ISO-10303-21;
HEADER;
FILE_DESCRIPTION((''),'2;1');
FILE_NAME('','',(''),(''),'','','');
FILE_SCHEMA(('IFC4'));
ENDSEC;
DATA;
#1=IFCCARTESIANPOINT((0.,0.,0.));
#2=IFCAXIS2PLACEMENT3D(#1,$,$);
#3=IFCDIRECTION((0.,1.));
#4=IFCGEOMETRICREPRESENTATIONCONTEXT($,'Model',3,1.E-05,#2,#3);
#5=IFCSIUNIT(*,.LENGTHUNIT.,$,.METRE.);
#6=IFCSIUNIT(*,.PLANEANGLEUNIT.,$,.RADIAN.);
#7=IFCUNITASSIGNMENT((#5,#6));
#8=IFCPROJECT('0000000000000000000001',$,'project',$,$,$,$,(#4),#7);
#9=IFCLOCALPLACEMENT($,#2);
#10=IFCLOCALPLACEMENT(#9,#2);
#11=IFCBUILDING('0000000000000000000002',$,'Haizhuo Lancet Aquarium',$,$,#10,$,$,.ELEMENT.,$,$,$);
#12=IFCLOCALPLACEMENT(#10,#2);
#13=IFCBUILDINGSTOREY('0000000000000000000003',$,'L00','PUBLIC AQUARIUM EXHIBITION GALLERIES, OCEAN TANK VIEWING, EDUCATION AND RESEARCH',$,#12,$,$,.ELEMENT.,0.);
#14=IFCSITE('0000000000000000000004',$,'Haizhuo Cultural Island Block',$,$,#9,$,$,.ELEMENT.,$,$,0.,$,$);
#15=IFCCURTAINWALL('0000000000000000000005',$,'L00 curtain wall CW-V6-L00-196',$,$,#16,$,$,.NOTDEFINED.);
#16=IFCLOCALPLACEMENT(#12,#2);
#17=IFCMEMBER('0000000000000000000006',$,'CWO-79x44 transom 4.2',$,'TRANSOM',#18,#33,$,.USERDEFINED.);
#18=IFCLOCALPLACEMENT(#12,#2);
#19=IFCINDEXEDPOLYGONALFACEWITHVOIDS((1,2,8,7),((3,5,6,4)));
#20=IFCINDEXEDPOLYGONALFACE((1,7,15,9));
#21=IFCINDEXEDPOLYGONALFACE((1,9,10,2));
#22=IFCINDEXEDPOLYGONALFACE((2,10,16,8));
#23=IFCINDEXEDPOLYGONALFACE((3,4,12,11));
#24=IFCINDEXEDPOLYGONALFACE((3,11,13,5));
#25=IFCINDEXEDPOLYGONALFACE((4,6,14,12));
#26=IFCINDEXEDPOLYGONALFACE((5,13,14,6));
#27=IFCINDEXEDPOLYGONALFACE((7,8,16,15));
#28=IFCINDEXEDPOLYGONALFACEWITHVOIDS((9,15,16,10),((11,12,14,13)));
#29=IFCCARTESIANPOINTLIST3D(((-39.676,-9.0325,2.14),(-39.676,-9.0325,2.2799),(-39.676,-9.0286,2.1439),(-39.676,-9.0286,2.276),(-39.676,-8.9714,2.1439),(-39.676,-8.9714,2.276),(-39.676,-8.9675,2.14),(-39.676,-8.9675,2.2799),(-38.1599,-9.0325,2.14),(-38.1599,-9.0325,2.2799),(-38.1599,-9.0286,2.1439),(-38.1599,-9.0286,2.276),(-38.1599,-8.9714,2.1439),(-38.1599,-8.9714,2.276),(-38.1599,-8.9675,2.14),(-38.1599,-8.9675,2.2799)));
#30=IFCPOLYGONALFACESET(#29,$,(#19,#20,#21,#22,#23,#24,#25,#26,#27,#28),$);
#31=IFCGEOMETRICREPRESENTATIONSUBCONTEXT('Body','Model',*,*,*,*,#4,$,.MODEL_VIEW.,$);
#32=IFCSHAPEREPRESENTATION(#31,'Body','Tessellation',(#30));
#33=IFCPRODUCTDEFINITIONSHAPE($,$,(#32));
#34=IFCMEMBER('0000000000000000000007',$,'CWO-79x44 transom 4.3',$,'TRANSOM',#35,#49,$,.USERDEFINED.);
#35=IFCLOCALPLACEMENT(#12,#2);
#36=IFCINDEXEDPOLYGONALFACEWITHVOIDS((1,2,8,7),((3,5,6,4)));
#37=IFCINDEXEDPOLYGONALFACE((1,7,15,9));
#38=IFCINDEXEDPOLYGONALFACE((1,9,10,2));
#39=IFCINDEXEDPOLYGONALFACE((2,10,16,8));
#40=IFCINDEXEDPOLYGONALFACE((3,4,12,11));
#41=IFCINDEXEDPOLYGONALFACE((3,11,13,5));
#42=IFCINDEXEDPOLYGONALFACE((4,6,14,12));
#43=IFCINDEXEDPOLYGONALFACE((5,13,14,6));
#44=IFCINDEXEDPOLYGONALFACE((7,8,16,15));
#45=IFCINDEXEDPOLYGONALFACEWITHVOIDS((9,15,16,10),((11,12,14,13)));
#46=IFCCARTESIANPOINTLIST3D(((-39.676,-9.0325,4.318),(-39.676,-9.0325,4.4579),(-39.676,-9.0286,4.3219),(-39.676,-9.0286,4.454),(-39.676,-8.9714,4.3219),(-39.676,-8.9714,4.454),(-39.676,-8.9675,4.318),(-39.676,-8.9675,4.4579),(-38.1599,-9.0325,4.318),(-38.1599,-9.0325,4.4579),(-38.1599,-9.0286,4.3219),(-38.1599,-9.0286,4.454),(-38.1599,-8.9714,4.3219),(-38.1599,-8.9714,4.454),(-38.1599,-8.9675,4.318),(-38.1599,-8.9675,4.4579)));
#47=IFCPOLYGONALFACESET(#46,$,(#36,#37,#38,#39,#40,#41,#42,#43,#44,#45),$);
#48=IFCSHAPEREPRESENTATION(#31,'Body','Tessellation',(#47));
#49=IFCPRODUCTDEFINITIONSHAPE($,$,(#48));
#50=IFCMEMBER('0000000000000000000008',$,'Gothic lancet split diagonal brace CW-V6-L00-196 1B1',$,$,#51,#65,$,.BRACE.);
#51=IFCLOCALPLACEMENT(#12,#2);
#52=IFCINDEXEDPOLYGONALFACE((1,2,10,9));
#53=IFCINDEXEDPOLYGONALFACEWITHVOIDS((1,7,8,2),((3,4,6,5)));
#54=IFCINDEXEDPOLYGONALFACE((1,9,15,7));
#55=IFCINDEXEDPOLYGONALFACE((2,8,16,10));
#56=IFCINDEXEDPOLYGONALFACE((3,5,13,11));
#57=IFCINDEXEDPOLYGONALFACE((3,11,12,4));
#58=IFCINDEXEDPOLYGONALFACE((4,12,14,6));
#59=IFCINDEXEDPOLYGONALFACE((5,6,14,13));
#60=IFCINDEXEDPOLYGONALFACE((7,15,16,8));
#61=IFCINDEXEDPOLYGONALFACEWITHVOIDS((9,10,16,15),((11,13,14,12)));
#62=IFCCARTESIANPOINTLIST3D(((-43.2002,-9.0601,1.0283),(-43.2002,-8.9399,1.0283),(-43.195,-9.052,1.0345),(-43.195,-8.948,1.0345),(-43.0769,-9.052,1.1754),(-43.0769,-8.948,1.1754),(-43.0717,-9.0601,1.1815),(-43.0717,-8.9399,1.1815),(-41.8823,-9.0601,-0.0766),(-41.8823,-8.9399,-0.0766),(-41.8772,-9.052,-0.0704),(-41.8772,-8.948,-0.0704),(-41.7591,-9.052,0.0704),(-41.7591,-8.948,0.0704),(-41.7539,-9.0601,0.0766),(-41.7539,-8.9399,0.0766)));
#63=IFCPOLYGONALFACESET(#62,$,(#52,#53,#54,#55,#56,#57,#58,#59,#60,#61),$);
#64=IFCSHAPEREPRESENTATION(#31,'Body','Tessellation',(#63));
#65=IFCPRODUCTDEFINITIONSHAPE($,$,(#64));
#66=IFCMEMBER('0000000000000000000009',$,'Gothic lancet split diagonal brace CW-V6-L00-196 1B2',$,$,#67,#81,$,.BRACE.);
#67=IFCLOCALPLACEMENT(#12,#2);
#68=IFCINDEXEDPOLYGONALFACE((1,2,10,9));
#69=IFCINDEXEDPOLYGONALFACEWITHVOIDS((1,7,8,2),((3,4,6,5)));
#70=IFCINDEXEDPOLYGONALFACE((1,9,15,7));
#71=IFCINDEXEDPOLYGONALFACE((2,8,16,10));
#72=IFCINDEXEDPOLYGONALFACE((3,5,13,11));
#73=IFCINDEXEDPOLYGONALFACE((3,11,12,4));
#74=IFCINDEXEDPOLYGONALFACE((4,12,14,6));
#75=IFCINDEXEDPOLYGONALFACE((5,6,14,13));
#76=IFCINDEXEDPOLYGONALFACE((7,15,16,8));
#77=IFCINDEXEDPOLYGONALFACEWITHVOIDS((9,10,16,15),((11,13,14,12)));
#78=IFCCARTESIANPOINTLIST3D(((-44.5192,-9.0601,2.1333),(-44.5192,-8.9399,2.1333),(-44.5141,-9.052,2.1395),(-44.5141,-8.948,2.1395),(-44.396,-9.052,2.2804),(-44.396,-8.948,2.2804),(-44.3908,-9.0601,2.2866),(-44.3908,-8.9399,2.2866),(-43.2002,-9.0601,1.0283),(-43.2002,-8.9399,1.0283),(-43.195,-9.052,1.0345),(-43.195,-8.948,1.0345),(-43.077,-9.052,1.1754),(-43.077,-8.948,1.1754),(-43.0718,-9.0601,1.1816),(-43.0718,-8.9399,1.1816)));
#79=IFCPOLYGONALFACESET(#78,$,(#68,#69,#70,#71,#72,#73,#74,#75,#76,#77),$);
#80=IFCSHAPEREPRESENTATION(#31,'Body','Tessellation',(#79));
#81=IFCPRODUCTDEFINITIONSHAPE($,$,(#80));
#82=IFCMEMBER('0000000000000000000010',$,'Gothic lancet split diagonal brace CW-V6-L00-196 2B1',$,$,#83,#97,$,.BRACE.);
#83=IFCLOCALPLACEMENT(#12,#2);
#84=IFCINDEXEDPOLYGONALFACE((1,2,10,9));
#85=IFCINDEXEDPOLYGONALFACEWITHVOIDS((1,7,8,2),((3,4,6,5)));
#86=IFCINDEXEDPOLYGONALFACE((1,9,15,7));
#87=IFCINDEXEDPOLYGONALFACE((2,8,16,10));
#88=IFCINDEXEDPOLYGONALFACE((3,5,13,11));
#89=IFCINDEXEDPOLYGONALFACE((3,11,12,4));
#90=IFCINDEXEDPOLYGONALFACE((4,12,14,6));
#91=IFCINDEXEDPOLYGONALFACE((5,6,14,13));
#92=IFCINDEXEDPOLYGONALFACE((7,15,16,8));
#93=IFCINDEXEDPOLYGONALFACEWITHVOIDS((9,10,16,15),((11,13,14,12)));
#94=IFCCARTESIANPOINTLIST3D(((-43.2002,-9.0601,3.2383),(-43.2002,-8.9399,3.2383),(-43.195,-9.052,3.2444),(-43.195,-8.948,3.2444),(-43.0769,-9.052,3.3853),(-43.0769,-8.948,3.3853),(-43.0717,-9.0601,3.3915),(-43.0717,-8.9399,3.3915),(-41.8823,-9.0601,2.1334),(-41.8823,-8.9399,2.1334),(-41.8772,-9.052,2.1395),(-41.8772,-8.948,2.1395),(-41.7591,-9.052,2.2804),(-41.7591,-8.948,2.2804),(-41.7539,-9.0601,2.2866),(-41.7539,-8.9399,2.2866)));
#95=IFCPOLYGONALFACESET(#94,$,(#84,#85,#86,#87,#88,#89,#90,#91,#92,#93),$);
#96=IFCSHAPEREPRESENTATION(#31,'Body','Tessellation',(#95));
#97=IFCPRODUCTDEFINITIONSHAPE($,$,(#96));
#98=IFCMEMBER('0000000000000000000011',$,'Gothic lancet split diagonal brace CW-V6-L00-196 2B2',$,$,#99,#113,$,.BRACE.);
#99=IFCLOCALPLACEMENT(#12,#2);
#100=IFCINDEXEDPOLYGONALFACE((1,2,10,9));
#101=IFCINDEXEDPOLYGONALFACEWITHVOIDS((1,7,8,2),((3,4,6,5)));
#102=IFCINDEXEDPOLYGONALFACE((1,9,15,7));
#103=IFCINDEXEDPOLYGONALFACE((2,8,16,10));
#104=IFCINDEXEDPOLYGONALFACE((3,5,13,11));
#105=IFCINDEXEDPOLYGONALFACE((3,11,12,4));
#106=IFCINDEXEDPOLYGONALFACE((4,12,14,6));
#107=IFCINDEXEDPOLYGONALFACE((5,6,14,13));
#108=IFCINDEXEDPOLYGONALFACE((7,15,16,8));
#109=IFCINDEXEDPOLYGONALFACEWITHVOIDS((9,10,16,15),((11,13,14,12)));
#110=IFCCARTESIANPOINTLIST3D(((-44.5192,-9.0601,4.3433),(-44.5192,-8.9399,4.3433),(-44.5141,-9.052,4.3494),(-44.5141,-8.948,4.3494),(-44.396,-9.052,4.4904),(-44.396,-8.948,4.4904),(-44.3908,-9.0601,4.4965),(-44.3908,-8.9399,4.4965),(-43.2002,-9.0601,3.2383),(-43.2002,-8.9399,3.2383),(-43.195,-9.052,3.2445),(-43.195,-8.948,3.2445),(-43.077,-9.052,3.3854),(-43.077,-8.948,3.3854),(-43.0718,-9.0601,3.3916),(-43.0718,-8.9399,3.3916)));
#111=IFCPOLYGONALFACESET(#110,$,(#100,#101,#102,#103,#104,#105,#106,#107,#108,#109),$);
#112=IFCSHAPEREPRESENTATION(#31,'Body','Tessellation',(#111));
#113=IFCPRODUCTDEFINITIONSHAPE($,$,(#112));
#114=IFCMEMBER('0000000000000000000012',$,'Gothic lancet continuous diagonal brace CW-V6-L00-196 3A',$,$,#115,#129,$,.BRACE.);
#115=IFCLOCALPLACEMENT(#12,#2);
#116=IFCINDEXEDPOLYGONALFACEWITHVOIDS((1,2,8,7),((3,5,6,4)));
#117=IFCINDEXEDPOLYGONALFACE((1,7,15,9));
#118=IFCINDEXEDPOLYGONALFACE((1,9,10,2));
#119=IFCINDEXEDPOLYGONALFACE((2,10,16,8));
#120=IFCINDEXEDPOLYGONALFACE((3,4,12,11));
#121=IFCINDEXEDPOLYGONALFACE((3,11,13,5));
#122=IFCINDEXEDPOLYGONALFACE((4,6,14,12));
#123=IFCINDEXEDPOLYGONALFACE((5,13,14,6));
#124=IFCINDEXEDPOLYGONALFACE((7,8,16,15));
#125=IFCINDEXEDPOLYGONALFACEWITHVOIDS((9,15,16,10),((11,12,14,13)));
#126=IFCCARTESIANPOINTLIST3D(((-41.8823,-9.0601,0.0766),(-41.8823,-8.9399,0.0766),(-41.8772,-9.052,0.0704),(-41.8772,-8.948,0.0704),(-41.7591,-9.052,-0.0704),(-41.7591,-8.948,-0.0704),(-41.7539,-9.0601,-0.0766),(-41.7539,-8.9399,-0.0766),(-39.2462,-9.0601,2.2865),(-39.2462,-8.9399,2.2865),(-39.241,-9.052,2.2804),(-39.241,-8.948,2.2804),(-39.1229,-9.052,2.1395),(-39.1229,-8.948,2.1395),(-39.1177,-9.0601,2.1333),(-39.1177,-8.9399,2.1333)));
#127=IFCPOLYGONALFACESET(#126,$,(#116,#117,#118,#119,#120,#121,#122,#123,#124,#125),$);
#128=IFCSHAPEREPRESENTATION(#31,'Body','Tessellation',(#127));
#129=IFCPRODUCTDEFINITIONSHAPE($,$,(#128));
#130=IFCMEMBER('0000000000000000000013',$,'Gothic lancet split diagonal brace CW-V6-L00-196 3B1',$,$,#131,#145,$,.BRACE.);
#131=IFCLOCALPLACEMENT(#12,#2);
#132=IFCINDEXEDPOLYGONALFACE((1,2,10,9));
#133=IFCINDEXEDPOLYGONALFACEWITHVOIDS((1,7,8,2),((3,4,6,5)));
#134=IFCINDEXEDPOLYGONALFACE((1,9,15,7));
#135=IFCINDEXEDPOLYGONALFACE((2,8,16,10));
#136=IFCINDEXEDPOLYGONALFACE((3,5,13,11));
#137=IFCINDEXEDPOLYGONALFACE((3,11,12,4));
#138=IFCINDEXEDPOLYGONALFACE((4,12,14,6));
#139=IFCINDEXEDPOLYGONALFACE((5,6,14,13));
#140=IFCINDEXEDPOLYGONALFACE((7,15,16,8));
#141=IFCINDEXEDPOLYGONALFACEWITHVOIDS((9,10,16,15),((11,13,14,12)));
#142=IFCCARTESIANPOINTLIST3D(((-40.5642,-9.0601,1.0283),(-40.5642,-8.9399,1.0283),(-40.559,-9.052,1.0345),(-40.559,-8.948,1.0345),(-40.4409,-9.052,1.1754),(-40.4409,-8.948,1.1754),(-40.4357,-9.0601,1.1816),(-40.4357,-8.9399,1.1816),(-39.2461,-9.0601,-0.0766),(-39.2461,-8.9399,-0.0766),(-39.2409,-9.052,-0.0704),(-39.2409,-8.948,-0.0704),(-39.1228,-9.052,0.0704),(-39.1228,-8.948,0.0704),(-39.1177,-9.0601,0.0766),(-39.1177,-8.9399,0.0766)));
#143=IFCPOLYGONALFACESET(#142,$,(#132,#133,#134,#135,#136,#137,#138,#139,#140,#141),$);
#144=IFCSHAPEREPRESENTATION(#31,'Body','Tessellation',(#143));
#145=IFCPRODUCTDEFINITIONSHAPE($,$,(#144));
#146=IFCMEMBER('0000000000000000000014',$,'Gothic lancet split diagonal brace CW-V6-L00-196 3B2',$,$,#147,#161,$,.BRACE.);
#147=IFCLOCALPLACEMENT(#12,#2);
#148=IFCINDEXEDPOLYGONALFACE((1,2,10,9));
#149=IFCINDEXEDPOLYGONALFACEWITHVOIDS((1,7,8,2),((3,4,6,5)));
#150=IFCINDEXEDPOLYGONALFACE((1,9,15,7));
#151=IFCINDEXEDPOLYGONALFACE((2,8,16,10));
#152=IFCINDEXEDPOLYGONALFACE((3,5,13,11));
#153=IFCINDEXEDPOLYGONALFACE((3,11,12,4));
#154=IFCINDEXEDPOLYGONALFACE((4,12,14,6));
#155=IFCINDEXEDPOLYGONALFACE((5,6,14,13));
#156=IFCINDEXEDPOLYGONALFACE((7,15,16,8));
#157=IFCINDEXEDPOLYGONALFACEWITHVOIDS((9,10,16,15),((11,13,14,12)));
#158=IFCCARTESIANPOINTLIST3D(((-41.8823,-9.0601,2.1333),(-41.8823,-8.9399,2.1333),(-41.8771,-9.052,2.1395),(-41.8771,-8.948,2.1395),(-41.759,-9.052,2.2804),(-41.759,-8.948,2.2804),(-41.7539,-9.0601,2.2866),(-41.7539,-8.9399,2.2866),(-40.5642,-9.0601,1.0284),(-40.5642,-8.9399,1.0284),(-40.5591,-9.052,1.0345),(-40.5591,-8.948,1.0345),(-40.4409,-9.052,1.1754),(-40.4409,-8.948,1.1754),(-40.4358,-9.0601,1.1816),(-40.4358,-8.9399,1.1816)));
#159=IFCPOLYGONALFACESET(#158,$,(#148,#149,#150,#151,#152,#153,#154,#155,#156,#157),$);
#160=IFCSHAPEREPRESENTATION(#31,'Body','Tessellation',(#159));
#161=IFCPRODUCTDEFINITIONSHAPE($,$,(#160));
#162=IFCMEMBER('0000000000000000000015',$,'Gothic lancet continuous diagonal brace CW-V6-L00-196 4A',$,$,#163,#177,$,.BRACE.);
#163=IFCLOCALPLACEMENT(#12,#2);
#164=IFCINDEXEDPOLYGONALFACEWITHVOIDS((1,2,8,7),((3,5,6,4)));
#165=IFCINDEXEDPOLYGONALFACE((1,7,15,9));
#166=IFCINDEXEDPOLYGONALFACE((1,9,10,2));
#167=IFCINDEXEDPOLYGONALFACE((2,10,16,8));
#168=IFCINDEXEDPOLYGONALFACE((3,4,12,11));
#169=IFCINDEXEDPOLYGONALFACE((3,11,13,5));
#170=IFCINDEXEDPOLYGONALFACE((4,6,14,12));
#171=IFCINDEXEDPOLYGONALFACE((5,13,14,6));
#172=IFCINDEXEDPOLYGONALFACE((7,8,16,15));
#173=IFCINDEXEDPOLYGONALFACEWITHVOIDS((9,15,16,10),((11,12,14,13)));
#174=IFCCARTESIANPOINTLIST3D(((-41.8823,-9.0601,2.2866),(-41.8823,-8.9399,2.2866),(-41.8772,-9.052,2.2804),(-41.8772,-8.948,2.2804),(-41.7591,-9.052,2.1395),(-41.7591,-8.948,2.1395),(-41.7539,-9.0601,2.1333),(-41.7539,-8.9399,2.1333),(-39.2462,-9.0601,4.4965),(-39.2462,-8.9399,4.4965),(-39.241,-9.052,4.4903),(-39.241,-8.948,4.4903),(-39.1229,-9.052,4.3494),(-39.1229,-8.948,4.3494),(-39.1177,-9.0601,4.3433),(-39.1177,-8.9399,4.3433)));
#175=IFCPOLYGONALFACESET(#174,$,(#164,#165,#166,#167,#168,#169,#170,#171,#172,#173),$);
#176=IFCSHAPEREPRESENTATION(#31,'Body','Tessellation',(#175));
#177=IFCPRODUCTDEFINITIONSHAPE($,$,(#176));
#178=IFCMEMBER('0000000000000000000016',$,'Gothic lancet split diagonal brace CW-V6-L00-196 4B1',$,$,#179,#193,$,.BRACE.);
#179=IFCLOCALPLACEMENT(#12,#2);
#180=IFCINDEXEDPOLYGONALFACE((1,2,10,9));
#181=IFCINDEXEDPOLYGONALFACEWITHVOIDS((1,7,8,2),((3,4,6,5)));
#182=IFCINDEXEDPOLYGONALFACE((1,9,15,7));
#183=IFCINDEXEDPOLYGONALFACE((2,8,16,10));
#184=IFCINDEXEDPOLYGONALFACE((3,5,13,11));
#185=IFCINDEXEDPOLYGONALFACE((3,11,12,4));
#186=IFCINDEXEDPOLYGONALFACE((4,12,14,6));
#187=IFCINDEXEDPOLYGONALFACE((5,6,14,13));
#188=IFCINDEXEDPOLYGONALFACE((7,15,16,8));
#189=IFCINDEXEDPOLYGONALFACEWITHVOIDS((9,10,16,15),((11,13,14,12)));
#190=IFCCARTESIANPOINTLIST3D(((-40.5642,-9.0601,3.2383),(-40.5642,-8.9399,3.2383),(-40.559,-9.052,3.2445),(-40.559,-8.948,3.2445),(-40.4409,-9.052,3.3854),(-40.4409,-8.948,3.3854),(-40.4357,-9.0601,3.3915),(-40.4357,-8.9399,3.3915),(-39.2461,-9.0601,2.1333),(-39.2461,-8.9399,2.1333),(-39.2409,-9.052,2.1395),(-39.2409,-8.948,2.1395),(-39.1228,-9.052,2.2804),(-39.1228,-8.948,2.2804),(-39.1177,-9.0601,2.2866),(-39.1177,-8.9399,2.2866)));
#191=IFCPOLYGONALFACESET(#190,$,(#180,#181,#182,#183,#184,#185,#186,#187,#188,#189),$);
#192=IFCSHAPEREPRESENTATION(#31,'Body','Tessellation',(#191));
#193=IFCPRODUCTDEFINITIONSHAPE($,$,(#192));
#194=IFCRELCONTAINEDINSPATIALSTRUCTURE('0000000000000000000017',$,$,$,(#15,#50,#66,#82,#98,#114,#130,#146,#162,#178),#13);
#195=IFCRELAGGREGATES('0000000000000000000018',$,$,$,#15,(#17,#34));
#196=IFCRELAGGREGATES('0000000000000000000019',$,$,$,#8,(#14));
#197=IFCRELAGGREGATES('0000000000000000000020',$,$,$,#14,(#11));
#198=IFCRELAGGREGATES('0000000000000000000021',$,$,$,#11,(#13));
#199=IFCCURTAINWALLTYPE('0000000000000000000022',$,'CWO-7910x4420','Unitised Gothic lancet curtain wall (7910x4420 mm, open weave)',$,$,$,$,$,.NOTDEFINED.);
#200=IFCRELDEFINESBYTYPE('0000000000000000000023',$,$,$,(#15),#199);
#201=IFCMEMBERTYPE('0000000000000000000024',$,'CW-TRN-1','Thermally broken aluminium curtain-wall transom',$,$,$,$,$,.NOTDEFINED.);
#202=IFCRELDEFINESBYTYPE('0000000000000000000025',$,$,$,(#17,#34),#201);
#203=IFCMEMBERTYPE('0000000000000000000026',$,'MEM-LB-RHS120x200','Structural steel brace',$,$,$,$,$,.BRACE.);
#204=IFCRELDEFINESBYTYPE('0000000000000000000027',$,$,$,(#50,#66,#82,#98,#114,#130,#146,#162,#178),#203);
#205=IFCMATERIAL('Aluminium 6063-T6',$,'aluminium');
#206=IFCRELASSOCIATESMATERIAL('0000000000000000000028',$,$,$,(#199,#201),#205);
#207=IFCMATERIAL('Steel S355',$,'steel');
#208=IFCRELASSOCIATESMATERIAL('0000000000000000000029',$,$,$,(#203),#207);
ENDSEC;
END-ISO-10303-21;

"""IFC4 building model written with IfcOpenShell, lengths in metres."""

from ifc_helpers import new_model, si_unit, direction, frame, origin, origin_2d, place, context, subcontext, project, spatial, hollow_rectangle, extrude, material, material_profile, profile_set, type_object, element, aggregate, save


model = new_model("IFC4")

# Units and contexts
model_context = context("Model", 3, precision=1e-05, world=origin(), true_north=direction((0.0, 1.0)))
body_context = subcontext(model_context, "Body", "Model", "MODEL_VIEW")
ifc_project = project(units=[si_unit("LENGTHUNIT", "METRE"), si_unit("PLANEANGLEUNIT", "RADIAN")], contexts=[model_context])

# Site, building, storey
site_placement = place(None, origin())
site = spatial("IfcSite", under=ifc_project, at=site_placement, Name="Haizhuo Cultural Island Block", CompositionType="ELEMENT", RefElevation=0.0)
building_placement = place(site_placement, origin())
building = spatial("IfcBuilding", under=site, at=building_placement, Name="Haizhuo Lancet Aquarium", CompositionType="ELEMENT")
storey_placement = place(building_placement, origin())
storey = spatial("IfcBuildingStorey", under=building, at=storey_placement, Name="L00", Description="PUBLIC AQUARIUM EXHIBITION GALLERIES, OCEAN TANK VIEWING, EDUCATION AND RESEARCH", CompositionType="ELEMENT", Elevation=0.0)

# Curtain wall, members
ifc_material_1 = material(Name="Aluminium 6063-T6", Category="aluminium")
curtain_wall_type = type_object("IfcCurtainWallType", Name="CWO-7910x4420", Description="Unitised Gothic lancet curtain wall (7910x4420 mm, open weave)", PredefinedType="NOTDEFINED", material=ifc_material_1)
curtain_wall_placement = place(storey_placement, origin())
curtain_wall = element("IfcCurtainWall", 1, at=curtain_wall_placement, inside=storey, type_object=curtain_wall_type, Name="L00 curtain wall CW-V6-L00-196", PredefinedType="NOTDEFINED")
ifc_material_profile_1 = material_profile(ifc_material_1, hollow_rectangle(XDim=0.0649, YDim=0.1399, WallThickness=0.0039, at=origin_2d()), Name="ALU-T 65x140x4")
ifc_profile_set_1 = profile_set([ifc_material_profile_1], Name="Aluminium 6063-T6")
member_type_1 = type_object("IfcMemberType", Name="CW-TRN-1", Description="Thermally broken aluminium curtain-wall transom", PredefinedType="NOTDEFINED", material=ifc_profile_set_1)
member_1_placement = place(storey_placement, frame((-39.676, -9.0, 2.21), z_axis=(1.0, 0.0, 0.0), x_axis=(0.0, 1.0, 0.0)))
member_1 = element("IfcMember", 2, at=member_1_placement, type_object=member_type_1, Name="CWO-79x44 transom 4.2", ObjectType="TRANSOM", PredefinedType="USERDEFINED", context=body_context, shape_type="SweptSolid", body=[
    extrude(hollow_rectangle(XDim=0.0649, YDim=0.1399, WallThickness=0.0039, at=origin_2d()), origin(), (0.0, 0.0, 1.0), 1.5161),
])
member_2_placement = place(storey_placement, frame((-39.676, -9.0, 4.3879), z_axis=(1.0, 0.0, 0.0), x_axis=(0.0, 1.0, 0.0)))
member_2 = element("IfcMember", 3, at=member_2_placement, type_object=member_type_1, Name="CWO-79x44 transom 4.3", ObjectType="TRANSOM", PredefinedType="USERDEFINED", context=body_context, shape_type="SweptSolid", body=[
    extrude(hollow_rectangle(XDim=0.0649, YDim=0.1399, WallThickness=0.0039, at=origin_2d()), origin(), (0.0, 0.0, 1.0), 1.5161),
])

# Members
ifc_material_2 = material(Name="Steel S355", Category="steel")
ifc_material_profile_2 = material_profile(ifc_material_2, hollow_rectangle(XDim=0.1201, YDim=0.2, WallThickness=0.0081, at=origin_2d()), Name="RHS 120x200x8")
ifc_profile_set_2 = profile_set([ifc_material_profile_2], Name="Steel S355")
member_type_2 = type_object("IfcMemberType", Name="MEM-LB-RHS120x200", Description="Structural steel brace", PredefinedType="BRACE", material=ifc_profile_set_2)
member_3_placement = place(storey_placement, frame((-41.8181, -9.0, 0.0), z_axis=(-0.766286, 0.0, 0.642499), x_axis=(0.0, -1.0, 0.0)))
element("IfcMember", 4, at=member_3_placement, inside=storey, type_object=member_type_2, Name="Gothic lancet split diagonal brace CW-V6-L00-196 1B1", PredefinedType="BRACE", context=body_context, shape_type="SweptSolid", body=[
    extrude(hollow_rectangle(XDim=0.1201, YDim=0.2, WallThickness=0.0081, at=origin_2d()), origin(), (0.0, 0.0, 1.0), 1.7197),
])
member_4_placement = place(storey_placement, frame((-43.136, -9.0, 1.105), z_axis=(-0.766579, 0.0, 0.64215), x_axis=(0.0, -1.0, 0.0)))
element("IfcMember", 5, at=member_4_placement, inside=storey, type_object=member_type_2, Name="Gothic lancet split diagonal brace CW-V6-L00-196 1B2", PredefinedType="BRACE", context=body_context, shape_type="SweptSolid", body=[
    extrude(hollow_rectangle(XDim=0.1201, YDim=0.2, WallThickness=0.0081, at=origin_2d()), origin(), (0.0, 0.0, 1.0), 1.7207),
])
member_5_placement = place(storey_placement, frame((-41.8181, -9.0, 2.21), z_axis=(-0.766286, 0.0, 0.642499), x_axis=(0.0, -1.0, 0.0)))
element("IfcMember", 6, at=member_5_placement, inside=storey, type_object=member_type_2, Name="Gothic lancet split diagonal brace CW-V6-L00-196 2B1", PredefinedType="BRACE", context=body_context, shape_type="SweptSolid", body=[
    extrude(hollow_rectangle(XDim=0.1201, YDim=0.2, WallThickness=0.0081, at=origin_2d()), origin(), (0.0, 0.0, 1.0), 1.7197),
])
member_6_placement = place(storey_placement, frame((-43.136, -9.0, 3.3149), z_axis=(-0.766579, 0.0, 0.64215), x_axis=(0.0, -1.0, 0.0)))
element("IfcMember", 7, at=member_6_placement, inside=storey, type_object=member_type_2, Name="Gothic lancet split diagonal brace CW-V6-L00-196 2B2", PredefinedType="BRACE", context=body_context, shape_type="SweptSolid", body=[
    extrude(hollow_rectangle(XDim=0.1201, YDim=0.2, WallThickness=0.0081, at=origin_2d()), origin(), (0.0, 0.0, 1.0), 1.7207),
])
member_7_placement = place(storey_placement, frame((-41.8181, -9.0, 0.0), z_axis=(0.766345, 0.0, 0.642429), x_axis=(0.0, 1.0, 0.0)))
element("IfcMember", 8, at=member_7_placement, inside=storey, type_object=member_type_2, Name="Gothic lancet continuous diagonal brace CW-V6-L00-196 3A", PredefinedType="BRACE", context=body_context, shape_type="SweptSolid", body=[
    extrude(hollow_rectangle(XDim=0.1201, YDim=0.2, WallThickness=0.0081, at=origin_2d()), origin(), (0.0, 0.0, 1.0), 3.4399),
])
for number, where, z_axis, x_axis, name in (
    (9, (-39.1819, -9.0, 0.0), (-0.766345, 0.0, 0.642429), (0.0, -1.0, 0.0), "Gothic lancet split diagonal brace CW-V6-L00-196 3B1"),
    (10, (-40.5, -9.0, 1.105), (-0.766345, 0.0, 0.642429), (0.0, -1.0, 0.0), "Gothic lancet split diagonal brace CW-V6-L00-196 3B2"),
):
    element("IfcMember", number, at=place(storey_placement, frame(where, z_axis=z_axis, x_axis=x_axis)), inside=storey, type_object=member_type_2, Name=name, PredefinedType="BRACE", context=body_context, shape_type="SweptSolid", body=[
        extrude(hollow_rectangle(XDim=0.1201, YDim=0.2, WallThickness=0.0081, at=origin_2d()), origin(), (0.0, 0.0, 1.0), 1.72),
    ])
member_8_placement = place(storey_placement, frame((-41.8181, -9.0, 2.21), z_axis=(0.766345, 0.0, 0.642429), x_axis=(0.0, 1.0, 0.0)))
element("IfcMember", 11, at=member_8_placement, inside=storey, type_object=member_type_2, Name="Gothic lancet continuous diagonal brace CW-V6-L00-196 4A", PredefinedType="BRACE", context=body_context, shape_type="SweptSolid", body=[
    extrude(hollow_rectangle(XDim=0.1201, YDim=0.2, WallThickness=0.0081, at=origin_2d()), origin(), (0.0, 0.0, 1.0), 3.4399),
])
for number, where, z_axis, x_axis, name in (
    (12, (-39.1819, -9.0, 2.21), (-0.766345, 0.0, 0.642429), (0.0, -1.0, 0.0), "Gothic lancet split diagonal brace CW-V6-L00-196 4B1"),
):
    element("IfcMember", number, at=place(storey_placement, frame(where, z_axis=z_axis, x_axis=x_axis)), inside=storey, type_object=member_type_2, Name=name, PredefinedType="BRACE", context=body_context, shape_type="SweptSolid", body=[
        extrude(hollow_rectangle(XDim=0.1201, YDim=0.2, WallThickness=0.0081, at=origin_2d()), origin(), (0.0, 0.0, 1.0), 1.72),
    ])

aggregate(curtain_wall, [member_1, member_2])

save(model, "model.ifc")
